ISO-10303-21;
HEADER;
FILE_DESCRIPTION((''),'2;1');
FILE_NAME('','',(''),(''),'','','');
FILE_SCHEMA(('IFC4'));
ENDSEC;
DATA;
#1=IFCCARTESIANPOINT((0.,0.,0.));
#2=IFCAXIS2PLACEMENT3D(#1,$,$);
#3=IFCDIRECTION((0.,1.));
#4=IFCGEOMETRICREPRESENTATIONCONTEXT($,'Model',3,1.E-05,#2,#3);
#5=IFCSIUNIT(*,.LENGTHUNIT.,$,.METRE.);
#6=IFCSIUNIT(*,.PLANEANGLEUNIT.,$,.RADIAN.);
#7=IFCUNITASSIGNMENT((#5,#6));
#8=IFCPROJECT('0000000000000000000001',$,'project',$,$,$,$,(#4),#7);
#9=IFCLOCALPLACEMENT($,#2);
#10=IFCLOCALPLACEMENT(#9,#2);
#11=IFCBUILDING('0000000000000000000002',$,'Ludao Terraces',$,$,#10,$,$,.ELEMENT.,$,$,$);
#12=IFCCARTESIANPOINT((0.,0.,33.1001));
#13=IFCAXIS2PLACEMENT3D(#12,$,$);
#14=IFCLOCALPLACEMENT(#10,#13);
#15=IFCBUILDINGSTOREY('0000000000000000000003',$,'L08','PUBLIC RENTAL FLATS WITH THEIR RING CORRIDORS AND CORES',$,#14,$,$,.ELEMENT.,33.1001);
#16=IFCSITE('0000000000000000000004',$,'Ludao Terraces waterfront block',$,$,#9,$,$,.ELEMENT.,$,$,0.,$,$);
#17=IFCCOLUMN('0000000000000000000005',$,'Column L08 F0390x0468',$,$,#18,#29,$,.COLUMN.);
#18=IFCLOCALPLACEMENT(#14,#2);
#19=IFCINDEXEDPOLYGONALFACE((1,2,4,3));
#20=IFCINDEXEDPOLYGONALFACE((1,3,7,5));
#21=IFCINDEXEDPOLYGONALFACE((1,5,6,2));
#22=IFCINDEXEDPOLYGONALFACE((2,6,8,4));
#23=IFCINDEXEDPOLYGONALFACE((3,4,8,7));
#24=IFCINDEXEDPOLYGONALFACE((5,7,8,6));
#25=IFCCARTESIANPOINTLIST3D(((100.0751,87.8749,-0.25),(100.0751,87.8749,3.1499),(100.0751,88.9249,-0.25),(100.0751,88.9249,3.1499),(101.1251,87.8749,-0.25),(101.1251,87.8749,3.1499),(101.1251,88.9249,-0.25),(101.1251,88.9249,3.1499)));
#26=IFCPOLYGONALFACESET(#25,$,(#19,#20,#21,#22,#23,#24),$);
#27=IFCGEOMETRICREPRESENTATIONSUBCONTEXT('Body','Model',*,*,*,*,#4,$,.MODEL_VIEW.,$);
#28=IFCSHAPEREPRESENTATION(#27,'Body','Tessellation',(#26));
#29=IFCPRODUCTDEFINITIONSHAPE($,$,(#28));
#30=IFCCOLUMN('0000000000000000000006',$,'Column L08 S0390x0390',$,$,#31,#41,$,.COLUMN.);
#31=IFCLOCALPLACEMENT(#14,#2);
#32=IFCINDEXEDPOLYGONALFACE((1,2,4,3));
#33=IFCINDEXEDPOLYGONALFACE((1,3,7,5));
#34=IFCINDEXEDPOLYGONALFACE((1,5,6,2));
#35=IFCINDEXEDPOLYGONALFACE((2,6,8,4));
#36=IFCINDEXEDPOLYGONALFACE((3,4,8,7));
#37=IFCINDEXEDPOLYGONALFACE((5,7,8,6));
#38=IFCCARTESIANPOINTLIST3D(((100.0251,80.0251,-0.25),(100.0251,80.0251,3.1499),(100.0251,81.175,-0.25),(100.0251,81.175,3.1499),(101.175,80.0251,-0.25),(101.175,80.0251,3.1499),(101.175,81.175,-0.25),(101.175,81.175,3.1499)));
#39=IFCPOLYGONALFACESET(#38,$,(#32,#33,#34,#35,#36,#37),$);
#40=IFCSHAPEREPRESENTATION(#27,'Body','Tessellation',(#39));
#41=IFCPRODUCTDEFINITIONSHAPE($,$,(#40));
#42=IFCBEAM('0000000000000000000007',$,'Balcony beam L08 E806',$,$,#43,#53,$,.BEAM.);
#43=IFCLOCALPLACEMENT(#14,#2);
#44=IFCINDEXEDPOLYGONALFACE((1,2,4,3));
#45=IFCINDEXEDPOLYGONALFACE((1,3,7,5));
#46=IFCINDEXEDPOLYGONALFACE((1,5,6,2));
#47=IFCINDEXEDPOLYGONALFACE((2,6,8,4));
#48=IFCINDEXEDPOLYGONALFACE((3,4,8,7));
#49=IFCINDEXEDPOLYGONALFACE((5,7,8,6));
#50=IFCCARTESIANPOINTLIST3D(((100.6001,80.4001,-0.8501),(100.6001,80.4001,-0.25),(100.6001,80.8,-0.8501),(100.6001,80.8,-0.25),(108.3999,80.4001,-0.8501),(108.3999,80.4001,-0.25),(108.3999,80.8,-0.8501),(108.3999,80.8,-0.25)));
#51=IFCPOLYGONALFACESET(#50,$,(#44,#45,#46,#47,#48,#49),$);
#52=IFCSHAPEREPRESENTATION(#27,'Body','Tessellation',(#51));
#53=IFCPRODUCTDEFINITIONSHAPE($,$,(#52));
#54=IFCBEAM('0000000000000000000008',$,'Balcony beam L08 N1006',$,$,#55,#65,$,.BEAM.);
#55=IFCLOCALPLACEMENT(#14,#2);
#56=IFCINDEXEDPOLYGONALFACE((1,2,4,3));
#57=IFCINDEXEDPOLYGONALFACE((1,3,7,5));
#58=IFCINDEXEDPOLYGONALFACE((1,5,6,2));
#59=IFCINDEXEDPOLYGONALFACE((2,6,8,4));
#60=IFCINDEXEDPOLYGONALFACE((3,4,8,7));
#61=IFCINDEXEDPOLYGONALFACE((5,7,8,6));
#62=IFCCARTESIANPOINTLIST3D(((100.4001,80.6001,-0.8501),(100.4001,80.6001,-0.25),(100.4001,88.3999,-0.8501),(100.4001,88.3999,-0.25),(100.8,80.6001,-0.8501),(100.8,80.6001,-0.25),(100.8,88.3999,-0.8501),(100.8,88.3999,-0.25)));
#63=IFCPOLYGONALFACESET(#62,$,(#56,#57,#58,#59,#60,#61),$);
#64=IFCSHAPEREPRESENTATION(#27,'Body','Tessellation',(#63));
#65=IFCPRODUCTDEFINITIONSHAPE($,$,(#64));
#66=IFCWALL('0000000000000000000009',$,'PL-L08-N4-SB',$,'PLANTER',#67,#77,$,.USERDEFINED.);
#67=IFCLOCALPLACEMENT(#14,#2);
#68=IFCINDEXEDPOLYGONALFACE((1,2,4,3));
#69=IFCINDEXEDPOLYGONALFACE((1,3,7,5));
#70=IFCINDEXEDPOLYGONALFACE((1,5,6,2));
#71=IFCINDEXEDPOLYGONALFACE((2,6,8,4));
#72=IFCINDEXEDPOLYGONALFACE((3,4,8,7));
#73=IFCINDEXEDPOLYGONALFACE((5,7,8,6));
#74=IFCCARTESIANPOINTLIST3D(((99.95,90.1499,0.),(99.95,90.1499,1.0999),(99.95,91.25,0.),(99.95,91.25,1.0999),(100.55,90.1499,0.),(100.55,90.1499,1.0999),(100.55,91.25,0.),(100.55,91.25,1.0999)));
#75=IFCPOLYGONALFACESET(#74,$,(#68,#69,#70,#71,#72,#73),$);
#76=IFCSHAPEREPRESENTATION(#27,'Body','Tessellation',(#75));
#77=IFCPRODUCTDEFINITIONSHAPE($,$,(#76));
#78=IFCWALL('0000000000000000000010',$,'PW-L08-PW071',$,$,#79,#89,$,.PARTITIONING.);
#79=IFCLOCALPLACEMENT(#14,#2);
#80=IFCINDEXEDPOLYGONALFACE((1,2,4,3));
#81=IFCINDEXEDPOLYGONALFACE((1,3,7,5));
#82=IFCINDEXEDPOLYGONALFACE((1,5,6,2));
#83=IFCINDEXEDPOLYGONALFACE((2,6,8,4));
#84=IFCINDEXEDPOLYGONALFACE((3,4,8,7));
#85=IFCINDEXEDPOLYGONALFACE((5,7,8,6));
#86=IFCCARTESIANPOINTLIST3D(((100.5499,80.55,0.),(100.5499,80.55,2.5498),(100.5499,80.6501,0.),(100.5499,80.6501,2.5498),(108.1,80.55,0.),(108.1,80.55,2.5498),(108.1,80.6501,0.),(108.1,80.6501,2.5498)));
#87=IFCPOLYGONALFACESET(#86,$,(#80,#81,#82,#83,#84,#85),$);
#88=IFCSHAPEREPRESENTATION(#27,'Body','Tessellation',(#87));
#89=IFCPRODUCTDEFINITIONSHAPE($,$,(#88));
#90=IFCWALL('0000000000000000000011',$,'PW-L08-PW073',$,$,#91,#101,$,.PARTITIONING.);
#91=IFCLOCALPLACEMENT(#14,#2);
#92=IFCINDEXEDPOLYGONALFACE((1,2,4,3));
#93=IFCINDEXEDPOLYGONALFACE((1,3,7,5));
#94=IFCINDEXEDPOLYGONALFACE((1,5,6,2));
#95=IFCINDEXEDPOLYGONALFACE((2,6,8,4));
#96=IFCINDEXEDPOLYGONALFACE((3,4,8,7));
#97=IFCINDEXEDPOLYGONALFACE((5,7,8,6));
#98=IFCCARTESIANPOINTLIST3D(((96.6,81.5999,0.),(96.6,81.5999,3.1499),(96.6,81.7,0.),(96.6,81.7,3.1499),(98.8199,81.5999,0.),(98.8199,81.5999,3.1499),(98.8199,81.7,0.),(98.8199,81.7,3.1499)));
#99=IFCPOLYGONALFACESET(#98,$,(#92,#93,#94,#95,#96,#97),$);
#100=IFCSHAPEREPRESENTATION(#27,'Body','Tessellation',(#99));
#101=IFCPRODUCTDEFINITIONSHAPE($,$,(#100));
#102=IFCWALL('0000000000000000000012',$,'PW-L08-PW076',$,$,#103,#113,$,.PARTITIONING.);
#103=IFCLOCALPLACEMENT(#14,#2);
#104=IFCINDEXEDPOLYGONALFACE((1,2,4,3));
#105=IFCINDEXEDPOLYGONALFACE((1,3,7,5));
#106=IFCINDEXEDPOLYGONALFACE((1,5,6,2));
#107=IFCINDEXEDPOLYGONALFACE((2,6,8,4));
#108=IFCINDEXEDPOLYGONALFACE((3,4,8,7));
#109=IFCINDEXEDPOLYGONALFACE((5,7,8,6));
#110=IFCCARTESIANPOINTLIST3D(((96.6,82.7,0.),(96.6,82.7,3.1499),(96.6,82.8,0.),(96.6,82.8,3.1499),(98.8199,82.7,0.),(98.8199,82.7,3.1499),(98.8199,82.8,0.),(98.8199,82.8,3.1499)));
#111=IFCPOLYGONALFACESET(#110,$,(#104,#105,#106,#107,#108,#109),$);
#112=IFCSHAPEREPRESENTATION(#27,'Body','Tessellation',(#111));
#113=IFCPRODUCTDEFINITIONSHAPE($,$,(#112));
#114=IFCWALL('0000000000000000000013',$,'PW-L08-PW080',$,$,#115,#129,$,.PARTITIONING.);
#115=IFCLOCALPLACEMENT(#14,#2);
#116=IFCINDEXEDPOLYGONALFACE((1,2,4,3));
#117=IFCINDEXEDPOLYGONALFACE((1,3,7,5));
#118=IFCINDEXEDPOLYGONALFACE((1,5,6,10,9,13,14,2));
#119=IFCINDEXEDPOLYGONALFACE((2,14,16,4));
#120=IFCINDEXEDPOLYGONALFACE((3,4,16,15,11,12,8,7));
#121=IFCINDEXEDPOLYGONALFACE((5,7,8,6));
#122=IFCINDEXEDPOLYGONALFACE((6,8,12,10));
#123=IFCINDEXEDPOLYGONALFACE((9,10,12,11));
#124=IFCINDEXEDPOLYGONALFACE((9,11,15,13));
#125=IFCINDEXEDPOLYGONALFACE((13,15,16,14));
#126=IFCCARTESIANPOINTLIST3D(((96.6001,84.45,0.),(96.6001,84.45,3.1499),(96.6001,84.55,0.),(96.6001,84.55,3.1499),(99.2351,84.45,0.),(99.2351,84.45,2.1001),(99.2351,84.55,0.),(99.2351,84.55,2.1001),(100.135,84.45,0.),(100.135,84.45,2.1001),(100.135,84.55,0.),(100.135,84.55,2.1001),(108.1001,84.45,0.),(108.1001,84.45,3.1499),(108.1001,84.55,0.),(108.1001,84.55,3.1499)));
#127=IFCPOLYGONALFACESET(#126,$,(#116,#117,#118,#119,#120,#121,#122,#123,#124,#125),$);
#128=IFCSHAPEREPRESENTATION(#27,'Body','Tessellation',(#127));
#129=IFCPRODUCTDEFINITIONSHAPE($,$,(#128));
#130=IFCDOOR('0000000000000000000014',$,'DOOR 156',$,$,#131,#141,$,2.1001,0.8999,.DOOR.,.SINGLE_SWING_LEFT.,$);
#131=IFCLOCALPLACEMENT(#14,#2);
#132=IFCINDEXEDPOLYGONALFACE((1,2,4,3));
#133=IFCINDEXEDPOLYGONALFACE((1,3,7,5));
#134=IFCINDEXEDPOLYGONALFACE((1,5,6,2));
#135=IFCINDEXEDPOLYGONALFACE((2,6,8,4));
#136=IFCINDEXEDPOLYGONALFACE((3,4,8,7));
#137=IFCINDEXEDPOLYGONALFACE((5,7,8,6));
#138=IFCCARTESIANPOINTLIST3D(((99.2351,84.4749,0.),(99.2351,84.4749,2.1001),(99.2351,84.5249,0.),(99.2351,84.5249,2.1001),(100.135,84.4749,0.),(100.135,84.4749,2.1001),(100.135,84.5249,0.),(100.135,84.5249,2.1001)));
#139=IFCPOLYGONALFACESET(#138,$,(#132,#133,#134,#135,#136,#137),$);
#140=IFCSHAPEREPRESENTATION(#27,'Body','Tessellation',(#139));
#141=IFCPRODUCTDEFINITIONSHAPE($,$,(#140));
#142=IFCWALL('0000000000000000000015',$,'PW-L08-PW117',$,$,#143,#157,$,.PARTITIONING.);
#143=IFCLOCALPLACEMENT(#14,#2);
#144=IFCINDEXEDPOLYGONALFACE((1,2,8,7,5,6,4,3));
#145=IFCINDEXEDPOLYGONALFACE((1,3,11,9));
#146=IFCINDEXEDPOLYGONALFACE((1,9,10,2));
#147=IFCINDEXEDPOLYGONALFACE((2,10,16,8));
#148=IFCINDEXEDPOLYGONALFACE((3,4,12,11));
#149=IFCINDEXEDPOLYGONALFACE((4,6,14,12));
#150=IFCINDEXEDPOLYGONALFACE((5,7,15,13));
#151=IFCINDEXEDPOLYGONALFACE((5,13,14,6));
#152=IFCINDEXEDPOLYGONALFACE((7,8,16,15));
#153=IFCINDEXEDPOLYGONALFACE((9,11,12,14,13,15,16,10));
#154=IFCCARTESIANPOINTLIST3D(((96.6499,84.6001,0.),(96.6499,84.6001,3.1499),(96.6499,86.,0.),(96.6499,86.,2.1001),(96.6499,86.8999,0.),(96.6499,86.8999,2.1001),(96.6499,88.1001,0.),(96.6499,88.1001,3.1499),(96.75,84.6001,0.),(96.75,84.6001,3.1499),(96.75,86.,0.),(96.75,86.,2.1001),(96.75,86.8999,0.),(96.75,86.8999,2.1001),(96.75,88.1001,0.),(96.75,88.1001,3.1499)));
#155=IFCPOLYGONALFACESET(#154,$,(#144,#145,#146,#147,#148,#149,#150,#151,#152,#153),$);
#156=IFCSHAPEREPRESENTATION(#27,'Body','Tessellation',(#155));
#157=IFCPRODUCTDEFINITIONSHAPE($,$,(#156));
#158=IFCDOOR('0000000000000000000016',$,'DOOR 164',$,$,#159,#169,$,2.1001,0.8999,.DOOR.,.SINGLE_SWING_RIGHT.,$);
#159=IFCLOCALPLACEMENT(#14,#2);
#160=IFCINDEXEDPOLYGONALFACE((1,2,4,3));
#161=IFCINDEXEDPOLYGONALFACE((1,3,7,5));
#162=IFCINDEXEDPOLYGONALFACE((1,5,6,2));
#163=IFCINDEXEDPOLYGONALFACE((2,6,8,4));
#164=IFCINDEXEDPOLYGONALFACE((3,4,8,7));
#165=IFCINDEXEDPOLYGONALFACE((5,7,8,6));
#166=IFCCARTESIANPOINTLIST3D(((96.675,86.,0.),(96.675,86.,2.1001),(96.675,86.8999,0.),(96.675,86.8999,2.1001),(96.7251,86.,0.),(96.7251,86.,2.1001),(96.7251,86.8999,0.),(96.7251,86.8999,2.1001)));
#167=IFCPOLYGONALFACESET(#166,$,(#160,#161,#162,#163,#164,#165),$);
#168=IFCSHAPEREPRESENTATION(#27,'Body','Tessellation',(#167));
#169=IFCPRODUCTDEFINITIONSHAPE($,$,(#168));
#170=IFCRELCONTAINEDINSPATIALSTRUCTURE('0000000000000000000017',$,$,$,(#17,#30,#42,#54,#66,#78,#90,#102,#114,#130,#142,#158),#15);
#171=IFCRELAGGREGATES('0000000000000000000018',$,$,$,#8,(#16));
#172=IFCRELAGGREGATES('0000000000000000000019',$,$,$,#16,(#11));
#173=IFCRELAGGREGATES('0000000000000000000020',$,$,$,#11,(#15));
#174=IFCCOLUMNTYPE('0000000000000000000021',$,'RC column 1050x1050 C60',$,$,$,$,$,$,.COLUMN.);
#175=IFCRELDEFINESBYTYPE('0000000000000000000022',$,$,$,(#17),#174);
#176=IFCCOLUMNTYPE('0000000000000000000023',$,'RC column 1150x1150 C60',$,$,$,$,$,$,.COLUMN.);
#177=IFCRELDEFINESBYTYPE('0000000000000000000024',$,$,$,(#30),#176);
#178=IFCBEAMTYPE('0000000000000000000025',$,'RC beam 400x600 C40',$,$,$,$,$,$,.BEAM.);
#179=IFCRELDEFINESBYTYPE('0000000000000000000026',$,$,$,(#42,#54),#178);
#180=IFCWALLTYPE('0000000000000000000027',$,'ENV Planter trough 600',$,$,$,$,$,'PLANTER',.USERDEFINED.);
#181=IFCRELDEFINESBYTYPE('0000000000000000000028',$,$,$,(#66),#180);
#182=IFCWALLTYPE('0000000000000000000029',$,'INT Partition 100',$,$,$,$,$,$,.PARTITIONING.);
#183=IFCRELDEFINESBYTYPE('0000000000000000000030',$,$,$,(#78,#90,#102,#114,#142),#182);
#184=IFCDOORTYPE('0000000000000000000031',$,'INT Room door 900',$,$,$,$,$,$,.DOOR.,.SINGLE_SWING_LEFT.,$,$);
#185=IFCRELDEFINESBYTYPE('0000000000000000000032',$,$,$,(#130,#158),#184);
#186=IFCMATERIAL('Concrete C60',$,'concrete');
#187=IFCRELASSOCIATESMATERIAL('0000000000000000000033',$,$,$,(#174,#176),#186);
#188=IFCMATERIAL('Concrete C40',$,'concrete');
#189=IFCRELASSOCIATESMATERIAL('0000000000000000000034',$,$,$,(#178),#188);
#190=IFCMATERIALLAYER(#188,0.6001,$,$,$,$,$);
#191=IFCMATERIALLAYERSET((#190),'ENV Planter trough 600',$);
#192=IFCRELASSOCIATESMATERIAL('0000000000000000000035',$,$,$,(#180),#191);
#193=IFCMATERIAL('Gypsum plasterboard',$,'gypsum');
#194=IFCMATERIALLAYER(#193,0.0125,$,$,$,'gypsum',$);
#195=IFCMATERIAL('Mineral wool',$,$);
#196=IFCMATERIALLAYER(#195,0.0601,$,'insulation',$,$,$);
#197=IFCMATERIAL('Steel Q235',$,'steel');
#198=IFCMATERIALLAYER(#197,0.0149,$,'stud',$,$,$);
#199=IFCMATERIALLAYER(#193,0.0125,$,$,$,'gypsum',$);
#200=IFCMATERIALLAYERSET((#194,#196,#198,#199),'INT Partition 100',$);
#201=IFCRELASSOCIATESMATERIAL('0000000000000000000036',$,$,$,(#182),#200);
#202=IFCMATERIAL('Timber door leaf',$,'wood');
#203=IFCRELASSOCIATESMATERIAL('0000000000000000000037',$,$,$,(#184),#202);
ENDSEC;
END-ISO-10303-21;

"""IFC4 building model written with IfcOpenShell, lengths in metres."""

from ifc_helpers import new_model, si_unit, direction, frame, frame_2d, origin, origin_2d, place, context, subcontext, project, spatial, rectangle, extrude, material, layer, layer_set, material_profile, profile_set, type_object, element, fill, save


model = new_model("IFC4")

# Units and contexts
model_context = context("Model", 3, precision=1e-05, world=origin(), true_north=direction((0.0, 1.0)))
body_context = subcontext(model_context, "Body", "Model", "MODEL_VIEW")
ifc_project = project(units=[si_unit("LENGTHUNIT", "METRE"), si_unit("PLANEANGLEUNIT", "RADIAN")], contexts=[model_context])

# Site, building, storey
site_placement = place(None, origin())
site = spatial("IfcSite", under=ifc_project, at=site_placement, Name="Ludao Terraces waterfront block", CompositionType="ELEMENT", RefElevation=0.0)
building_placement = place(site_placement, origin())
building = spatial("IfcBuilding", under=site, at=building_placement, Name="Ludao Terraces", CompositionType="ELEMENT")
storey_placement = place(building_placement, frame((0.0, 0.0, 33.1001)))
storey = spatial("IfcBuildingStorey", under=building, at=storey_placement, Name="L08", Description="PUBLIC RENTAL FLATS WITH THEIR RING CORRIDORS AND CORES", CompositionType="ELEMENT", Elevation=33.1001)

# Columns
ifc_material_1 = material(Name="Concrete C60", Category="concrete")
ifc_material_profile_1 = material_profile(ifc_material_1, rectangle(XDim=1.05, YDim=1.05, at=origin_2d()), Name="1050 X 1050")
ifc_profile_set_1 = profile_set([ifc_material_profile_1], Name="Concrete C60")
column_type_1 = type_object("IfcColumnType", Name="RC column 1050x1050 C60", PredefinedType="COLUMN", material=ifc_profile_set_1)
column_1_placement = place(storey_placement, frame((100.6001, 88.3999, -0.25), z_axis=(0.0, 0.0, 1.0), x_axis=(1.0, 0.0, 0.0)))
element("IfcColumn", 1, at=column_1_placement, inside=storey, type_object=column_type_1, Name="Column L08 F0390x0468", PredefinedType="COLUMN", context=body_context, shape_type="SweptSolid", body=[
    extrude(rectangle(XDim=1.05, YDim=1.05, at=origin_2d()), origin(), (0.0, 0.0, 1.0), 3.3999),
])
ifc_material_profile_2 = material_profile(ifc_material_1, rectangle(XDim=1.1499, YDim=1.1499, at=origin_2d()), Name="1150 X 1150")
ifc_profile_set_2 = profile_set([ifc_material_profile_2], Name="Concrete C60")
column_type_2 = type_object("IfcColumnType", Name="RC column 1150x1150 C60", PredefinedType="COLUMN", material=ifc_profile_set_2)
column_2_placement = place(storey_placement, frame((100.6001, 80.6001, -0.25), z_axis=(0.0, 0.0, 1.0), x_axis=(1.0, 0.0, 0.0)))
element("IfcColumn", 2, at=column_2_placement, inside=storey, type_object=column_type_2, Name="Column L08 S0390x0390", PredefinedType="COLUMN", context=body_context, shape_type="SweptSolid", body=[
    extrude(rectangle(XDim=1.1499, YDim=1.1499, at=origin_2d()), origin(), (0.0, 0.0, 1.0), 3.3999),
])

# Beams
ifc_material_2 = material(Name="Concrete C40", Category="concrete")
ifc_material_profile_3 = material_profile(ifc_material_2, rectangle(XDim=0.3999, YDim=0.6001, at=origin_2d()), Name="400 X 600")
ifc_profile_set_3 = profile_set([ifc_material_profile_3], Name="Concrete C40")
beam_type = type_object("IfcBeamType", Name="RC beam 400x600 C40", PredefinedType="BEAM", material=ifc_profile_set_3)
for number, where, z_axis, x_axis, name in (
    (3, (100.6001, 80.6001, -0.55), (1.0, 0.0, 0.0), (0.0, 1.0, 0.0), "Balcony beam L08 E806"),
    (4, (100.6001, 80.6001, -0.55), (0.0, 1.0, 0.0), (-1.0, 0.0, 0.0), "Balcony beam L08 N1006"),
):
    element("IfcBeam", number, at=place(storey_placement, frame(where, z_axis=z_axis, x_axis=x_axis)), inside=storey, type_object=beam_type, Name=name, PredefinedType="BEAM", context=body_context, shape_type="SweptSolid", body=[
        extrude(rectangle(XDim=0.3999, YDim=0.6001, at=origin_2d()), origin(), (0.0, 0.0, 1.0), 7.7998),
    ])

# Walls
ifc_layer_1 = layer(ifc_material_2, 0.6001)
ifc_layer_set_1 = layer_set([ifc_layer_1], Name="ENV Planter trough 600")
wall_type_1 = type_object("IfcWallType", Name="ENV Planter trough 600", ElementType="PLANTER", PredefinedType="USERDEFINED", material=ifc_layer_set_1)
wall_1_placement = place(storey_placement, frame((100.25, 91.25, 0.0), z_axis=(0.0, 0.0, 1.0), x_axis=(0.0, -1.0, 0.0)))
element("IfcWall", 5, at=wall_1_placement, inside=storey, type_object=wall_type_1, Name="PL-L08-N4-SB", ObjectType="PLANTER", PredefinedType="USERDEFINED", context=body_context, shape_type="SweptSolid", body=[
    extrude(rectangle(XDim=1.1001, YDim=0.6001, at=frame_2d((0.55, 0.0))), origin(), (0.0, 0.0, 1.0), 1.0999),
])
ifc_material_3 = material(Name="Gypsum plasterboard", Category="gypsum")
ifc_layer_2 = layer(ifc_material_3, 0.0125, Category="gypsum")
ifc_material_4 = material(Name="Mineral wool")
ifc_layer_3 = layer(ifc_material_4, 0.0601, Name="insulation")
ifc_material_5 = material(Name="Steel Q235", Category="steel")
ifc_layer_4 = layer(ifc_material_5, 0.0149, Name="stud")
ifc_layer_5 = layer(ifc_material_3, 0.0125, Category="gypsum")
ifc_layer_set_2 = layer_set([ifc_layer_2, ifc_layer_3, ifc_layer_4, ifc_layer_5], Name="INT Partition 100")
wall_type_2 = type_object("IfcWallType", Name="INT Partition 100", PredefinedType="PARTITIONING", material=ifc_layer_set_2)
wall_2_placement = place(storey_placement, frame((100.55, 80.6001, 0.0), z_axis=(0.0, 0.0, 1.0), x_axis=(1.0, 0.0, 0.0)))
element("IfcWall", 6, at=wall_2_placement, inside=storey, type_object=wall_type_2, Name="PW-L08-PW071", PredefinedType="PARTITIONING", context=body_context, shape_type="SweptSolid", body=[
    extrude(rectangle(XDim=7.55, YDim=0.1001, at=frame_2d((3.7749, 0.0))), origin(), (0.0, 0.0, 1.0), 2.5498),
])
for number, where, z_axis, x_axis, name in (
    (7, (96.6001, 81.6499, 0.0), (0.0, 0.0, 1.0), (1.0, 0.0, 0.0), "PW-L08-PW073"),
    (8, (96.6001, 82.75, 0.0), (0.0, 0.0, 1.0), (1.0, 0.0, 0.0), "PW-L08-PW076"),
):
    element("IfcWall", number, at=place(storey_placement, frame(where, z_axis=z_axis, x_axis=x_axis)), inside=storey, type_object=wall_type_2, Name=name, PredefinedType="PARTITIONING", context=body_context, shape_type="SweptSolid", body=[
        extrude(rectangle(XDim=2.22, YDim=0.1001, at=frame_2d((1.1099, 0.0))), origin(), (0.0, 0.0, 1.0), 3.1499),
    ])

# Walls, openings, doors
wall_3_placement = place(storey_placement, frame((96.6001, 84.5, 0.0), z_axis=(0.0, 0.0, 1.0), x_axis=(1.0, 0.0, 0.0)))
wall_3 = element("IfcWall", 9, at=wall_3_placement, inside=storey, type_object=wall_type_2, Name="PW-L08-PW080", PredefinedType="PARTITIONING", context=body_context, shape_type="SweptSolid", body=[
    extrude(rectangle(XDim=11.5, YDim=0.1001, at=frame_2d((5.75, 0.0))), origin(), (0.0, 0.0, 1.0), 3.1499),
])
opening_1_placement = place(wall_3_placement, frame((2.635, 0.0, 0.0)))
opening_1 = element("IfcOpeningElement", 10, at=opening_1_placement, cuts=wall_3, PredefinedType="OPENING", context=body_context, shape_type="SweptSolid", body=[
    extrude(rectangle(XDim=0.8999, YDim=2.1001, at=frame_2d((0.45, 1.05))), frame((0.0, 0.0601, 0.0), z_axis=(0.0, -1.0, 0.0), x_axis=(1.0, 0.0, 0.0)), (0.0, 0.0, 1.0), 0.1201),
])
ifc_material_6 = material(Name="Timber door leaf", Category="wood")
door_type_1 = type_object("IfcDoorType", Name="INT Room door 900", OperationType="SINGLE_SWING_LEFT", PredefinedType="DOOR", material=ifc_material_6)
door_1_placement = place(opening_1_placement, origin())
door_1 = element("IfcDoor", 11, at=door_1_placement, inside=storey, type_object=door_type_1, Name="DOOR 156", OperationType="SINGLE_SWING_LEFT", OverallHeight=2.1001, OverallWidth=0.8999, PredefinedType="DOOR", context=body_context, shape_type="SweptSolid", body=[
    extrude(rectangle(XDim=0.8999, YDim=2.1001, at=frame_2d((0.45, 1.05))), frame((0.0, 0.0249, 0.0), z_axis=(0.0, -1.0, 0.0), x_axis=(1.0, 0.0, 0.0)), (0.0, 0.0, 1.0), 0.05),
])
fill(opening_1, door_1)
wall_4_placement = place(storey_placement, frame((96.7, 84.6001, 0.0), z_axis=(0.0, 0.0, 1.0), x_axis=(0.0, 1.0, 0.0)))
wall_4 = element("IfcWall", 12, at=wall_4_placement, inside=storey, type_object=wall_type_2, Name="PW-L08-PW117", PredefinedType="PARTITIONING", context=body_context, shape_type="SweptSolid", body=[
    extrude(rectangle(XDim=3.5, YDim=0.1001, at=frame_2d((1.75, 0.0))), origin(), (0.0, 0.0, 1.0), 3.1499),
])
opening_2_placement = place(wall_4_placement, frame((1.3999, 0.0, 0.0)))
opening_2 = element("IfcOpeningElement", 13, at=opening_2_placement, cuts=wall_4, PredefinedType="OPENING", context=body_context, shape_type="SweptSolid", body=[
    extrude(rectangle(XDim=0.8999, YDim=2.1001, at=frame_2d((0.45, 1.05))), frame((0.0, 0.0601, 0.0), z_axis=(0.0, -1.0, 0.0), x_axis=(1.0, 0.0, 0.0)), (0.0, 0.0, 1.0), 0.1201),
])
door_2_placement = place(opening_2_placement, origin())
door_2 = element("IfcDoor", 14, at=door_2_placement, inside=storey, type_object=door_type_1, Name="DOOR 164", OperationType="SINGLE_SWING_RIGHT", OverallHeight=2.1001, OverallWidth=0.8999, PredefinedType="DOOR", context=body_context, shape_type="SweptSolid", body=[
    extrude(rectangle(XDim=0.8999, YDim=2.1001, at=frame_2d((0.45, 1.05))), frame((0.0, 0.0249, 0.0), z_axis=(0.0, -1.0, 0.0), x_axis=(1.0, 0.0, 0.0)), (0.0, 0.0, 1.0), 0.05),
])
fill(opening_2, door_2)

save(model, "model.ifc")
